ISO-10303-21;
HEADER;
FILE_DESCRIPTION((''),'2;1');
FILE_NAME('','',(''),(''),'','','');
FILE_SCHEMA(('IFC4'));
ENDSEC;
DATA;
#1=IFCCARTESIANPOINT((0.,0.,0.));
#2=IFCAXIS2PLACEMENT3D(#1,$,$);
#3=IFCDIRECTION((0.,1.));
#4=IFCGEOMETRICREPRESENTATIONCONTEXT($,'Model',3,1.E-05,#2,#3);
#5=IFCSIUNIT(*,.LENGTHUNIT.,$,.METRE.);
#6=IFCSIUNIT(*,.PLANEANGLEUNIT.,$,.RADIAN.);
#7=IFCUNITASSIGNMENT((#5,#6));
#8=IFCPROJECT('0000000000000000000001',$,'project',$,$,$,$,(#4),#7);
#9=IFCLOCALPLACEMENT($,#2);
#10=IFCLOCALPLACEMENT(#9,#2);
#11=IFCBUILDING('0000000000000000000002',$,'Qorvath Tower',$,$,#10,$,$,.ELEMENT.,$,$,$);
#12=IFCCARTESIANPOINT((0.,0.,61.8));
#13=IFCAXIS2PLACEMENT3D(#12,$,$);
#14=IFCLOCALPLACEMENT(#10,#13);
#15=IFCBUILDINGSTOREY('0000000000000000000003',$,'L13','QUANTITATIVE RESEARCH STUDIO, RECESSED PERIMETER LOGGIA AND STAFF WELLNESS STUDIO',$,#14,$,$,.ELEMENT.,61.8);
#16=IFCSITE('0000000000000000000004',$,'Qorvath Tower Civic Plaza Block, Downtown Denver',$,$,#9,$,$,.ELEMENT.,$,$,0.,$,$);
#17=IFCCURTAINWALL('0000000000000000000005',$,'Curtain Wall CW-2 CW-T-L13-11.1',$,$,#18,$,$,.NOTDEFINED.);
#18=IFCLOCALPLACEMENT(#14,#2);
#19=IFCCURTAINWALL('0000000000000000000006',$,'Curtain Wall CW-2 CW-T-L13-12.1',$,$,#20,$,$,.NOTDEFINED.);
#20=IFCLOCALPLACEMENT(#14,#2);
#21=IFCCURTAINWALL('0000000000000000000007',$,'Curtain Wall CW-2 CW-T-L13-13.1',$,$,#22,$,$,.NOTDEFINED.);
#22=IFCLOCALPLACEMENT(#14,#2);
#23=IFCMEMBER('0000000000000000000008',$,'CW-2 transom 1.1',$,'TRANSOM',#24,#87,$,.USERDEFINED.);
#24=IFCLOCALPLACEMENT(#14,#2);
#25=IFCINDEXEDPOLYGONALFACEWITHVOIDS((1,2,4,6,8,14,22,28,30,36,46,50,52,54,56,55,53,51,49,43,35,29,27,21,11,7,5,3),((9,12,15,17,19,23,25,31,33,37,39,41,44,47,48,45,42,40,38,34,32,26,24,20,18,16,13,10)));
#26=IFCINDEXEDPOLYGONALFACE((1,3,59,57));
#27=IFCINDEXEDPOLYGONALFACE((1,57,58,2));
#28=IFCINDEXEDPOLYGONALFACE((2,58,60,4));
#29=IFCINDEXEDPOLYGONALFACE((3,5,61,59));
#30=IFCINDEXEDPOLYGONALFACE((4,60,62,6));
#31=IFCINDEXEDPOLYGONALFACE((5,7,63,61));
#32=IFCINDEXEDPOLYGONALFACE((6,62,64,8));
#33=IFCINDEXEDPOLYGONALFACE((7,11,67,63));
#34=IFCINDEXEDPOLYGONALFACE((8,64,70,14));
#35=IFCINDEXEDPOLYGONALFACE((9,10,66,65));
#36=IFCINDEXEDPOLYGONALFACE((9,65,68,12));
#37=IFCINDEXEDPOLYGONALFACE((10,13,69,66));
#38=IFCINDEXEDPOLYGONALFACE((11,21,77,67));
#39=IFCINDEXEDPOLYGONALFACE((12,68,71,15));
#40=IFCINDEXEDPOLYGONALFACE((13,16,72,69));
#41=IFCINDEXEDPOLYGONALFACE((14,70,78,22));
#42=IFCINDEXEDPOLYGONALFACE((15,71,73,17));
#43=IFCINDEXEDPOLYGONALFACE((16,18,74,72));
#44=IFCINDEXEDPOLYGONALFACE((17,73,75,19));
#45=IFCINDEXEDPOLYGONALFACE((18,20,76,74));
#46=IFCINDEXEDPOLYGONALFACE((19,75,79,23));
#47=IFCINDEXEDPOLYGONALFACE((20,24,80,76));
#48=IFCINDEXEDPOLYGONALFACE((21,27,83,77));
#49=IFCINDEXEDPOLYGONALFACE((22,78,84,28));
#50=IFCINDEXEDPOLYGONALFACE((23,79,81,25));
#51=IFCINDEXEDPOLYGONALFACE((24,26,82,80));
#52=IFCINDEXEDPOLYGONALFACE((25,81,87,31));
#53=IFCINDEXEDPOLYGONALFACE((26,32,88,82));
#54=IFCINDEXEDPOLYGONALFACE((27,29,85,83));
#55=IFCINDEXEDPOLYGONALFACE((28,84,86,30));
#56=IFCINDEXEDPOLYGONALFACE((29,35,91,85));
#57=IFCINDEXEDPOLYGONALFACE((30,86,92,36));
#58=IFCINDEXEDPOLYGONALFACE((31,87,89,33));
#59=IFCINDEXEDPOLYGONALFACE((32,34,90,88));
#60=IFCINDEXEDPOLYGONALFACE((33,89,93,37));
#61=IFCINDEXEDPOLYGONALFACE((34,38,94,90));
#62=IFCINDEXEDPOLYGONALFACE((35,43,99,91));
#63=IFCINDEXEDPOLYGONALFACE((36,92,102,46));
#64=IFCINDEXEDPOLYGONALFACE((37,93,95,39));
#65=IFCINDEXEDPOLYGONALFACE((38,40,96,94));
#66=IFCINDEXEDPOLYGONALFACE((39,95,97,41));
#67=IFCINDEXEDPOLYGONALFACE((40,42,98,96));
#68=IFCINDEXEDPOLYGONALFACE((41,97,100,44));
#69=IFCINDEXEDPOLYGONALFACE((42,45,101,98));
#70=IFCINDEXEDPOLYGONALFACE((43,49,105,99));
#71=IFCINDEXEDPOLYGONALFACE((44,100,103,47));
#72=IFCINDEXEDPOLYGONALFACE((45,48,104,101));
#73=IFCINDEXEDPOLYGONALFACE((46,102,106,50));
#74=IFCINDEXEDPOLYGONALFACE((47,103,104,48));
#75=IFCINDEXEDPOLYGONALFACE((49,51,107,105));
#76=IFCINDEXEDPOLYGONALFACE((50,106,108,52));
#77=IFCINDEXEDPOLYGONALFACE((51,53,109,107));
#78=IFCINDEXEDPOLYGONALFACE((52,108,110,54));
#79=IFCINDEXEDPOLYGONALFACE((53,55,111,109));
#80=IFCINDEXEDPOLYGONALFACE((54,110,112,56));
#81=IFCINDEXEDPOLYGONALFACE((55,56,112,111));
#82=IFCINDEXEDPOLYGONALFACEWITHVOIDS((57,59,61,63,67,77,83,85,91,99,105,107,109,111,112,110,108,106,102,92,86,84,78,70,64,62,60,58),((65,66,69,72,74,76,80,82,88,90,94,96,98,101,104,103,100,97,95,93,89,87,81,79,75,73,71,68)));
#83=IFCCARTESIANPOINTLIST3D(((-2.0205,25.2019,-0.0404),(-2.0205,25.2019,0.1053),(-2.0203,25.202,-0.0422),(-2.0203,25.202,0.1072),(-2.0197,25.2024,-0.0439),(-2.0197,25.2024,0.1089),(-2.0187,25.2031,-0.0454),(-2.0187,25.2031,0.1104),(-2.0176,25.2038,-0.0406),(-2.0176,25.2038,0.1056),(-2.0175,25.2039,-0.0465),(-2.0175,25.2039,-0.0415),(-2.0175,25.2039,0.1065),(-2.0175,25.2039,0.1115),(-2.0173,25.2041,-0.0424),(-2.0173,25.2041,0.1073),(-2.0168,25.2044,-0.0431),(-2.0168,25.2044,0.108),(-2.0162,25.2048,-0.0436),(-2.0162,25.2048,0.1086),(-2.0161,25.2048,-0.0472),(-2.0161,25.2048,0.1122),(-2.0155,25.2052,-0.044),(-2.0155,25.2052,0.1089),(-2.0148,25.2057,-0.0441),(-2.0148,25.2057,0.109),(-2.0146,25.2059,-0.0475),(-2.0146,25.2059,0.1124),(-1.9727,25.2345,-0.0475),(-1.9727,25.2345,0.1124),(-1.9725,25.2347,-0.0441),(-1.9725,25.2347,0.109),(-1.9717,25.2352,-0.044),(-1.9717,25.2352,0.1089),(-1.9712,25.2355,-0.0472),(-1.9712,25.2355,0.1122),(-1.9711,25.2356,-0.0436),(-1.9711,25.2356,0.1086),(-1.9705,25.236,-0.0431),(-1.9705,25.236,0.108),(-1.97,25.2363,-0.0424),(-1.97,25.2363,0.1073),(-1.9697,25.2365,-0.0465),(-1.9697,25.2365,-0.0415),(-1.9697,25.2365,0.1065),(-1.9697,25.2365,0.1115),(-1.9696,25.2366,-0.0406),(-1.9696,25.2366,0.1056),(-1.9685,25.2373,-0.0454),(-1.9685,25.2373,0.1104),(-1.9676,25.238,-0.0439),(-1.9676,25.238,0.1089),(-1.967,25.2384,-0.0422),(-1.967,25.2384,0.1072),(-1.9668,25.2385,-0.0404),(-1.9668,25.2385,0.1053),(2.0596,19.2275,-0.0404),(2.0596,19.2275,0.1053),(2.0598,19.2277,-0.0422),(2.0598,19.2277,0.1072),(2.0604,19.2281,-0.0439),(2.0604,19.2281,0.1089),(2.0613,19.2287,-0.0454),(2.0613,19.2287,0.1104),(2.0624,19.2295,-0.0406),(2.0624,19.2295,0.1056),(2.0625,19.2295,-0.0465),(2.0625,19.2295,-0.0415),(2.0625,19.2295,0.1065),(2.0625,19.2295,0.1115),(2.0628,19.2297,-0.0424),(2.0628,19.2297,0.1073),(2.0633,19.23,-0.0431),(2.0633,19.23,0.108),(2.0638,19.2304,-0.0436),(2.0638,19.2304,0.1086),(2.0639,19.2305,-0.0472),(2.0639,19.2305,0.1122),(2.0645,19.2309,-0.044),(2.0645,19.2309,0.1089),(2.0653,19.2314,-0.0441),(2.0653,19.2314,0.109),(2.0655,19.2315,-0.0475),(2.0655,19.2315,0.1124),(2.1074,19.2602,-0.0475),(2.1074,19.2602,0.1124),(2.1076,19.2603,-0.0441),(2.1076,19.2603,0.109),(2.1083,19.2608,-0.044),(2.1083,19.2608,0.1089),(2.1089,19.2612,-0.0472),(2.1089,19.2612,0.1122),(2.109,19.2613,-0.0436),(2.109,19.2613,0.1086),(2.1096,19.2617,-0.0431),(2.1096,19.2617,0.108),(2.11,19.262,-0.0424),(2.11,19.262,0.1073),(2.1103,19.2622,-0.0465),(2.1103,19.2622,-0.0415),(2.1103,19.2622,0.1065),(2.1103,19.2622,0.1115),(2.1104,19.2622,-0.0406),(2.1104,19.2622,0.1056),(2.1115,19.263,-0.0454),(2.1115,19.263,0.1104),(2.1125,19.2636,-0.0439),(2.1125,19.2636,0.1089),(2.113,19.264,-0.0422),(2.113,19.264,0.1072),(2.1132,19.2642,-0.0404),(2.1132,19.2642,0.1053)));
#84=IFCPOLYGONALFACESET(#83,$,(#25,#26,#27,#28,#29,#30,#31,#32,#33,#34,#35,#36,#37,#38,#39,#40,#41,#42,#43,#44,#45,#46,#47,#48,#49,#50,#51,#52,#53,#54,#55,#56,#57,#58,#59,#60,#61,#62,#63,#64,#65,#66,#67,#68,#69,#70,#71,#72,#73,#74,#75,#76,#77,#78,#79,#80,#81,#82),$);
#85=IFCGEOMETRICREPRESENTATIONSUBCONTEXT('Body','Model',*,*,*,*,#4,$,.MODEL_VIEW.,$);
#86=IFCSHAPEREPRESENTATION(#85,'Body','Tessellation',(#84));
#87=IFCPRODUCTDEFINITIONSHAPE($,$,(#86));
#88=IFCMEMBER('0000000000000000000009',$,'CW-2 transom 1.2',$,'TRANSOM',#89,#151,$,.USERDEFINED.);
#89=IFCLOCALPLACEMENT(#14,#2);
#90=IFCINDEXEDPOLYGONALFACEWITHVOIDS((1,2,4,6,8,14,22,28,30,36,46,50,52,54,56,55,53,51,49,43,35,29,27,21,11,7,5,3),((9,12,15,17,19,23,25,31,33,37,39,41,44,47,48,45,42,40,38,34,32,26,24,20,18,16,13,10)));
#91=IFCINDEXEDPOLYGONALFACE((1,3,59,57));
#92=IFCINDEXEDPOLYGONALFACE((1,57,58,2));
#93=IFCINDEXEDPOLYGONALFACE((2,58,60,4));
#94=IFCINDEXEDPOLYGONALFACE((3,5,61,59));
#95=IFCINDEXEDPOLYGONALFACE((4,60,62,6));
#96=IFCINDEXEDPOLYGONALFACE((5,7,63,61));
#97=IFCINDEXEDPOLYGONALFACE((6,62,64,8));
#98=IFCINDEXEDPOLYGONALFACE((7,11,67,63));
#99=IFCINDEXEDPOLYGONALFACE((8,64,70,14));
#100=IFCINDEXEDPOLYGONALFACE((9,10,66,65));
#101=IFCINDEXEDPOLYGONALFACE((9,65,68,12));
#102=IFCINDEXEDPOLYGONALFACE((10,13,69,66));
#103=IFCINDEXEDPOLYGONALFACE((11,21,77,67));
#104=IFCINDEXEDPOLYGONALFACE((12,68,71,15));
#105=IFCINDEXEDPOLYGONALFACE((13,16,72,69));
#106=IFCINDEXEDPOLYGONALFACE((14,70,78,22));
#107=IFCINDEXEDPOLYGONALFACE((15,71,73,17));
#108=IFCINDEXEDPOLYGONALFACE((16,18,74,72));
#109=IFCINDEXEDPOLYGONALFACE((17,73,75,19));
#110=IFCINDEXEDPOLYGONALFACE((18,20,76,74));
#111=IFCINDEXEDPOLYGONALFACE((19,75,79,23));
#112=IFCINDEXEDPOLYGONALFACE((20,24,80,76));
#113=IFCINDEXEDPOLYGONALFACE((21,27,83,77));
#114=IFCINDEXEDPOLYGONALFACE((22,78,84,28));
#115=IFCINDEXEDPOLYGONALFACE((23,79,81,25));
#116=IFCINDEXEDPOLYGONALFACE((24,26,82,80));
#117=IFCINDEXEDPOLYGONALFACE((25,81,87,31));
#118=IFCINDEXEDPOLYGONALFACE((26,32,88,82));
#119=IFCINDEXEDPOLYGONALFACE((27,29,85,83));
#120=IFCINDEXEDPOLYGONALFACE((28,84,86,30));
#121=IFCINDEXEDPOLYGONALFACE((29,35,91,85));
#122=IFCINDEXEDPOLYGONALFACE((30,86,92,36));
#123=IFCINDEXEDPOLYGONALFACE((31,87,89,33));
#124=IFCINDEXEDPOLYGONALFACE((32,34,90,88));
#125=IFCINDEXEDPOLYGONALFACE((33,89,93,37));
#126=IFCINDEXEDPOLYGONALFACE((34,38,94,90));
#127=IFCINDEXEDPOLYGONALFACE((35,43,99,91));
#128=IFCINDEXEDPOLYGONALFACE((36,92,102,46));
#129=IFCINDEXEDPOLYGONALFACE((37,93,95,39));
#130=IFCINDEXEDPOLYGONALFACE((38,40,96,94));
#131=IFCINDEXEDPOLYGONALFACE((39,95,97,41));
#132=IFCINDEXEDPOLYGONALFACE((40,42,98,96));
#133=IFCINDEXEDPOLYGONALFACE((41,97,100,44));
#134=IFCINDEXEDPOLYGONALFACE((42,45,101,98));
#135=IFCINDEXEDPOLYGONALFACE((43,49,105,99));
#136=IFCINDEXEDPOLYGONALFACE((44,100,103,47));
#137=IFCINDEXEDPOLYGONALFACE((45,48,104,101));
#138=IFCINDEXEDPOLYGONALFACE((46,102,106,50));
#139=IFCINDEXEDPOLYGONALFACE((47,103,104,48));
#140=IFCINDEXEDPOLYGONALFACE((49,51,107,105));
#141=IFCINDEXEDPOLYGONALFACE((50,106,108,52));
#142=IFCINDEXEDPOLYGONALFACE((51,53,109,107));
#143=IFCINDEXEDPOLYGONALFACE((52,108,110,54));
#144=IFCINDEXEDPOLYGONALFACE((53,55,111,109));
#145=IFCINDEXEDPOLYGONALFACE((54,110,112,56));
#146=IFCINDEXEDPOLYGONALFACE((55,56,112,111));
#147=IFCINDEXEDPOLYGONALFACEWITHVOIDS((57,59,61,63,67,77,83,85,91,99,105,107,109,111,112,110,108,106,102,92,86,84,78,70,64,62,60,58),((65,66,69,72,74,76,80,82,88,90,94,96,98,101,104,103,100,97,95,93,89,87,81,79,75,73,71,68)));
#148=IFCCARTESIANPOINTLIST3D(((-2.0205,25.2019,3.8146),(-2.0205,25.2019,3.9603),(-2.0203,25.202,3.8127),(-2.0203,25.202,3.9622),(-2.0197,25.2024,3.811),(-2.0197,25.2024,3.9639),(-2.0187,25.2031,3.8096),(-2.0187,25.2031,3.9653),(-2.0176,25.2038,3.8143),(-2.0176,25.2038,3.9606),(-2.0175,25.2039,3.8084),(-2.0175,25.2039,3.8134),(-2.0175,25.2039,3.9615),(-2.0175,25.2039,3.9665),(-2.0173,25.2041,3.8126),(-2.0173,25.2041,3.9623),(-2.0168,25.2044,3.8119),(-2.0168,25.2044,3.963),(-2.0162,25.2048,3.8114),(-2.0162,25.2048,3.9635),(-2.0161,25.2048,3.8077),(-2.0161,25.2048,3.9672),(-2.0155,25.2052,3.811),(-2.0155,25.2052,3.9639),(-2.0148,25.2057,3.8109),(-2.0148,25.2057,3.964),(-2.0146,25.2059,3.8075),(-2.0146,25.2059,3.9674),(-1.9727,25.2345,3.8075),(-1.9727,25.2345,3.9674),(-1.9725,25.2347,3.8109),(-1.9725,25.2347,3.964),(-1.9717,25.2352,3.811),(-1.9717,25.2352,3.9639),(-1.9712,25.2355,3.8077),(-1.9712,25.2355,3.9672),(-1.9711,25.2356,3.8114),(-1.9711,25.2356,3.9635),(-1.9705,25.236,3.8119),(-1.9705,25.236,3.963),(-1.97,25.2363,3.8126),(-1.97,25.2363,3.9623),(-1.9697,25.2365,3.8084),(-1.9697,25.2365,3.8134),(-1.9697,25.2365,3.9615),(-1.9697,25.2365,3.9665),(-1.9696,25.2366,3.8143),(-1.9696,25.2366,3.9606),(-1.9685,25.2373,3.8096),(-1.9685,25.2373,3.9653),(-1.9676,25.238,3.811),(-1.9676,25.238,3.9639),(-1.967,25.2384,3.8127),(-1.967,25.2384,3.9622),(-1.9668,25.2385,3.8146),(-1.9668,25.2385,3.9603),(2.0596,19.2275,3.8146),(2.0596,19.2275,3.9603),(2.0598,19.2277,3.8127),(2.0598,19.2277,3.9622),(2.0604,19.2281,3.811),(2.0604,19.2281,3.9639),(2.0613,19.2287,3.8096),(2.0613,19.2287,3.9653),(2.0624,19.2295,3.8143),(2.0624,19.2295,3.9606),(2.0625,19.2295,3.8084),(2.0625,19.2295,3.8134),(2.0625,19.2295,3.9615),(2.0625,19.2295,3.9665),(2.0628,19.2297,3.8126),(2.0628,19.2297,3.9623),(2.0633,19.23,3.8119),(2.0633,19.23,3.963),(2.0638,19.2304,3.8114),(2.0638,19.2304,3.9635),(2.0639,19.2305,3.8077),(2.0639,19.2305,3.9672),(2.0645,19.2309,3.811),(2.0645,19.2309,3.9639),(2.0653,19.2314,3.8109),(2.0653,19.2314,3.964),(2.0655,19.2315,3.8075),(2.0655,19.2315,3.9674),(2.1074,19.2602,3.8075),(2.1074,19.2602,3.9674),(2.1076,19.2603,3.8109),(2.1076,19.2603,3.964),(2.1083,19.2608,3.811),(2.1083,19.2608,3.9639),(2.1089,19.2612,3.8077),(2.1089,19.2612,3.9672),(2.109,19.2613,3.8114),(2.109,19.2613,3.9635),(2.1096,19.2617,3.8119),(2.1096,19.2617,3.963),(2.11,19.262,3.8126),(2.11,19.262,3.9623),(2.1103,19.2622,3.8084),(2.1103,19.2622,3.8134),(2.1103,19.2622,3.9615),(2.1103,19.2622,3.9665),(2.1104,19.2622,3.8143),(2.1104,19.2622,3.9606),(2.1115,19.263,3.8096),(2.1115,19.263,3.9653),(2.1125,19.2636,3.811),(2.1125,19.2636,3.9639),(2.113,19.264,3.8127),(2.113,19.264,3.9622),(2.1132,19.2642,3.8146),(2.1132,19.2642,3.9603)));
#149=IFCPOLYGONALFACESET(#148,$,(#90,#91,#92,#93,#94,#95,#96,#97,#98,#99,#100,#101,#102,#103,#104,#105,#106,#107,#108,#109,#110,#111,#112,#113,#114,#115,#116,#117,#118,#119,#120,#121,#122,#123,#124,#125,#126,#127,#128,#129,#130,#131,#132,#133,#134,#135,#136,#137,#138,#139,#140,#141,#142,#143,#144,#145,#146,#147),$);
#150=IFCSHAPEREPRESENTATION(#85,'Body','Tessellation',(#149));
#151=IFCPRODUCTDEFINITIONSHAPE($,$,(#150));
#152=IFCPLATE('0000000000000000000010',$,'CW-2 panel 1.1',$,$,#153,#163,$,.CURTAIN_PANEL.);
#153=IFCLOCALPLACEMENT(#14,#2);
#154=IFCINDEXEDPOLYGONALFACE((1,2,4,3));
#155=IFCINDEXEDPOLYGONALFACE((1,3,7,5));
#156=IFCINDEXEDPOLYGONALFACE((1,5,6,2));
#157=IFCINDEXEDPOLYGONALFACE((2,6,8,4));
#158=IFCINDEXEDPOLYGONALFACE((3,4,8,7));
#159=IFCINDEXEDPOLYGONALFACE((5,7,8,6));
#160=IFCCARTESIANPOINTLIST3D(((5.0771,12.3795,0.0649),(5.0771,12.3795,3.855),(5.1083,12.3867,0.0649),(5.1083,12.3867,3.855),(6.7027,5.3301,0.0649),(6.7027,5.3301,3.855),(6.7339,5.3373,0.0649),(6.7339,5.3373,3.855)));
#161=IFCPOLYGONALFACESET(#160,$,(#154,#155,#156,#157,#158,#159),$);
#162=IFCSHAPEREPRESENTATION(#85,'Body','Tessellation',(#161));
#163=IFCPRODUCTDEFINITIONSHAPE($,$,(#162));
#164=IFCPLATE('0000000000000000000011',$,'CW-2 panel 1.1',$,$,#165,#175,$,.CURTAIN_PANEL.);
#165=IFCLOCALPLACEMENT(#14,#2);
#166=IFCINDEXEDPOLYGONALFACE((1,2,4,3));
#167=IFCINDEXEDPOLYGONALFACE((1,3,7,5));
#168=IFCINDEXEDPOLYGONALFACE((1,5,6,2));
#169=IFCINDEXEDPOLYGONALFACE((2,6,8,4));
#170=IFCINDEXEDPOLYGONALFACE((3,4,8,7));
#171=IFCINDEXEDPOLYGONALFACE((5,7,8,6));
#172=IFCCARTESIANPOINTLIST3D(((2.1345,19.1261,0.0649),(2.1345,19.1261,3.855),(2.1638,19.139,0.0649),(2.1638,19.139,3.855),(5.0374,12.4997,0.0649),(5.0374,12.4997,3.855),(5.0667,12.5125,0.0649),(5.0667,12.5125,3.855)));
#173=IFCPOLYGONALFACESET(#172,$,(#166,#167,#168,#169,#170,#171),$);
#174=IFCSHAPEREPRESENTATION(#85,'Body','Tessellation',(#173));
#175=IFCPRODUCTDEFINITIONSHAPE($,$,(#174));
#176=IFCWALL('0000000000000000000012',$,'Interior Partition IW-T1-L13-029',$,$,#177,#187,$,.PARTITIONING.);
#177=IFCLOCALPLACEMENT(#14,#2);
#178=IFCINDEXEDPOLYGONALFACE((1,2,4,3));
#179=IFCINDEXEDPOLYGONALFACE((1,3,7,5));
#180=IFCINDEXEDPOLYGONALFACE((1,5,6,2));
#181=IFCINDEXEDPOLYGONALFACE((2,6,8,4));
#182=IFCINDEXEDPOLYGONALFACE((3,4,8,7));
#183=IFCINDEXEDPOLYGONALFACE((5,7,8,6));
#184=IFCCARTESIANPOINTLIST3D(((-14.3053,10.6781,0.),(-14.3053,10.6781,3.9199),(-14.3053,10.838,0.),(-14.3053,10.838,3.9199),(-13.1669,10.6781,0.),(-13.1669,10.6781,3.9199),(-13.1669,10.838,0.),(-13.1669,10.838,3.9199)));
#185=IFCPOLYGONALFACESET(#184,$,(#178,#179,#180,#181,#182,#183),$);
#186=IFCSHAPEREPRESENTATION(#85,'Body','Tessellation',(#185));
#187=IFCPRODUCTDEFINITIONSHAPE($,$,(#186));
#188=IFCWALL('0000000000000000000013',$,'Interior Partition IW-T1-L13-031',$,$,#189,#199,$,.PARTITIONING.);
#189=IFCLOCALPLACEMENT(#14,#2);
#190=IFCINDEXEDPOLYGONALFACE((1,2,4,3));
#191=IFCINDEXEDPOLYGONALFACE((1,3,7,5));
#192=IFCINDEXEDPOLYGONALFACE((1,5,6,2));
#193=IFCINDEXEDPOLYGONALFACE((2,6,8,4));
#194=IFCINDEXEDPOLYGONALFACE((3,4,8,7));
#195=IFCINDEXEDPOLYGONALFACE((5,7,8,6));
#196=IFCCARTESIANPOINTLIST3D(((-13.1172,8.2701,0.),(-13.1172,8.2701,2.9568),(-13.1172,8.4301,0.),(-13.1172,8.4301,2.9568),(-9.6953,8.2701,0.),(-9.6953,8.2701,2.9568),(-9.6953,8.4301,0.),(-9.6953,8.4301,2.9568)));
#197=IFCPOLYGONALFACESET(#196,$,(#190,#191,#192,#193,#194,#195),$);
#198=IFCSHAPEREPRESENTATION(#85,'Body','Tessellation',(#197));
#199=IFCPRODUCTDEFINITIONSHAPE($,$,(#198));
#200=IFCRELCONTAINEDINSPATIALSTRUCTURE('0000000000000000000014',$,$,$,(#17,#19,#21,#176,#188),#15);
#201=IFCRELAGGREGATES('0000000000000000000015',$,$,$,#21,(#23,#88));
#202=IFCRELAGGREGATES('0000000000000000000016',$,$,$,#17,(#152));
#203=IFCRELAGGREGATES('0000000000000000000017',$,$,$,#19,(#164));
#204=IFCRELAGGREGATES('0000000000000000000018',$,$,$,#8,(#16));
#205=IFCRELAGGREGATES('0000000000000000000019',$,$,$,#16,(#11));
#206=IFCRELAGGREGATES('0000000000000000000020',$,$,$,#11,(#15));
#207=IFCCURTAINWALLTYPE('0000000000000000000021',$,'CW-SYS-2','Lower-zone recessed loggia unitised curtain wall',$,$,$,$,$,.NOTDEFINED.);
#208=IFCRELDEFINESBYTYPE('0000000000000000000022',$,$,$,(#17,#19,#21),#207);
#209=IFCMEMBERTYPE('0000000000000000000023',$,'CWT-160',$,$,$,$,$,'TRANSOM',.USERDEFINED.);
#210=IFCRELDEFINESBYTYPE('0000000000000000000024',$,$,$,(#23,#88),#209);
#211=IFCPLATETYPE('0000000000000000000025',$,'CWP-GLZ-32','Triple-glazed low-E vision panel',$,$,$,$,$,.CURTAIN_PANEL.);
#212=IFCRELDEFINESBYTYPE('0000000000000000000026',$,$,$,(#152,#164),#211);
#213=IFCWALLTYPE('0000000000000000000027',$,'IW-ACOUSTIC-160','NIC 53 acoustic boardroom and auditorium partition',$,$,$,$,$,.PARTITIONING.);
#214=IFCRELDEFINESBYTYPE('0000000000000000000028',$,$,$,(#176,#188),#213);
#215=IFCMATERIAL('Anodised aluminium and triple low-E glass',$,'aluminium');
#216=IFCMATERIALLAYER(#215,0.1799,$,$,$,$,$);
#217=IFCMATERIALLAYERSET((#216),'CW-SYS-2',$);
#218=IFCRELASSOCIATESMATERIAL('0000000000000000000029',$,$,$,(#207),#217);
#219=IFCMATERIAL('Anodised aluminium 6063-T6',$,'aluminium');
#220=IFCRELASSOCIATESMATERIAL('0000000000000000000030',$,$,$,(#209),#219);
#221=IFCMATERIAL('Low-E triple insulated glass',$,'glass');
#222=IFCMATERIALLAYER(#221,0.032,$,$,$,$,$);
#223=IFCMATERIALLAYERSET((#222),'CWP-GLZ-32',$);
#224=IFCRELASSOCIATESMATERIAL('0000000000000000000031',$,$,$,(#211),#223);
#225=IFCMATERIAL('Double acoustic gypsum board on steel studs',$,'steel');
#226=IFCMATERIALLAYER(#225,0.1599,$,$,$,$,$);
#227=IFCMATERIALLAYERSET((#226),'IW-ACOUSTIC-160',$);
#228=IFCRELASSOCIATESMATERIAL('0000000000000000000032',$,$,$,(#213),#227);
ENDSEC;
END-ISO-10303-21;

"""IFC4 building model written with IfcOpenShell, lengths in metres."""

from ifc_helpers import new_model, si_unit, direction, frame, frame_2d, origin, origin_2d, place, context, subcontext, project, spatial, rectangle, hollow_rectangle, extrude, material, layer, layer_set, material_profile, profile_set, type_object, element, aggregate, save


model = new_model("IFC4")

# Units and contexts
model_context = context("Model", 3, precision=1e-05, world=origin(), true_north=direction((0.0, 1.0)))
body_context = subcontext(model_context, "Body", "Model", "MODEL_VIEW")
ifc_project = project(units=[si_unit("LENGTHUNIT", "METRE"), si_unit("PLANEANGLEUNIT", "RADIAN")], contexts=[model_context])

# Site, building, storey
site_placement = place(None, origin())
site = spatial("IfcSite", under=ifc_project, at=site_placement, Name="Qorvath Tower Civic Plaza Block, Downtown Denver", CompositionType="ELEMENT", RefElevation=0.0)
building_placement = place(site_placement, origin())
building = spatial("IfcBuilding", under=site, at=building_placement, Name="Qorvath Tower", CompositionType="ELEMENT")
storey_placement = place(building_placement, frame((0.0, 0.0, 61.8)))
storey = spatial("IfcBuildingStorey", under=building, at=storey_placement, Name="L13", Description="QUANTITATIVE RESEARCH STUDIO, RECESSED PERIMETER LOGGIA AND STAFF WELLNESS STUDIO", CompositionType="ELEMENT", Elevation=61.8)

# Curtain wall
ifc_material_1 = material(Name="Anodised aluminium and triple low-E glass", Category="aluminium")
ifc_layer_1 = layer(ifc_material_1, 0.1799)
ifc_layer_set_1 = layer_set([ifc_layer_1], Name="CW-SYS-2")
curtain_wall_type = type_object("IfcCurtainWallType", Name="CW-SYS-2", Description="Lower-zone recessed loggia unitised curtain wall", PredefinedType="NOTDEFINED", material=ifc_layer_set_1)
curtain_wall_1_placement = place(storey_placement, origin())
curtain_wall_1 = element("IfcCurtainWall", 1, at=curtain_wall_1_placement, inside=storey, type_object=curtain_wall_type, Name="Curtain Wall CW-2 CW-T-L13-11.1", PredefinedType="NOTDEFINED")

# Curtain wall
curtain_wall_2_placement = place(storey_placement, origin())
curtain_wall_2 = element("IfcCurtainWall", 2, at=curtain_wall_2_placement, inside=storey, type_object=curtain_wall_type, Name="Curtain Wall CW-2 CW-T-L13-12.1", PredefinedType="NOTDEFINED")

# Curtain wall
curtain_wall_3_placement = place(storey_placement, origin())
curtain_wall_3 = element("IfcCurtainWall", 3, at=curtain_wall_3_placement, inside=storey, type_object=curtain_wall_type, Name="Curtain Wall CW-2 CW-T-L13-13.1", PredefinedType="NOTDEFINED")

# Members
ifc_material_2 = material(Name="Anodised aluminium 6063-T6", Category="aluminium")
ifc_material_profile_1 = material_profile(ifc_material_2, hollow_rectangle(XDim=0.0649, YDim=0.1599, WallThickness=0.0034, InnerFilletRadius=0.0034, OuterFilletRadius=0.0071, at=origin_2d()), Name="CWT 160x65")
ifc_profile_set_1 = profile_set([ifc_material_profile_1], Name="Anodised aluminium 6063-T6")
member_type_1 = type_object("IfcMemberType", Name="CWT-160", ElementType="TRANSOM", PredefinedType="USERDEFINED", material=ifc_profile_set_1)
member_1_placement = place(storey_placement, frame((2.0864, 19.2458, 0.0325), z_axis=(-0.563964, 0.825799, 0.0), x_axis=(-0.825799, -0.563964, 0.0)))
member_1 = element("IfcMember", 4, at=member_1_placement, type_object=member_type_1, Name="CW-2 transom 1.1", ObjectType="TRANSOM", PredefinedType="USERDEFINED", context=body_context, shape_type="SweptSolid", body=[
    extrude(hollow_rectangle(XDim=0.0649, YDim=0.1599, WallThickness=0.0034, InnerFilletRadius=0.0034, OuterFilletRadius=0.0071, at=origin_2d()), origin(), (0.0, 0.0, 1.0), 7.2346),
])
member_2_placement = place(storey_placement, frame((2.0864, 19.2458, 3.8875), z_axis=(-0.563964, 0.825799, 0.0), x_axis=(-0.825799, -0.563964, 0.0)))
member_2 = element("IfcMember", 5, at=member_2_placement, type_object=member_type_1, Name="CW-2 transom 1.2", ObjectType="TRANSOM", PredefinedType="USERDEFINED", context=body_context, shape_type="SweptSolid", body=[
    extrude(hollow_rectangle(XDim=0.0649, YDim=0.1599, WallThickness=0.0034, InnerFilletRadius=0.0034, OuterFilletRadius=0.0071, at=origin_2d()), origin(), (0.0, 0.0, 1.0), 7.2346),
])
aggregate(curtain_wall_3, [member_1, member_2])

# Plates
ifc_material_3 = material(Name="Low-E triple insulated glass", Category="glass")
ifc_layer_2 = layer(ifc_material_3, 0.032)
ifc_layer_set_2 = layer_set([ifc_layer_2], Name="CWP-GLZ-32")
plate_type = type_object("IfcPlateType", Name="CWP-GLZ-32", Description="Triple-glazed low-E vision panel", PredefinedType="CURTAIN_PANEL", material=ifc_layer_set_2)
plate_1_placement = place(storey_placement, frame((5.9055, 8.8584, 0.0649), z_axis=(0.0, 0.0, 1.0), x_axis=(-0.224705, 0.974427, 0.0)))
plate_1 = element("IfcPlate", 6, at=plate_1_placement, type_object=plate_type, Name="CW-2 panel 1.1", PredefinedType="CURTAIN_PANEL", context=body_context, shape_type="SweptSolid", body=[
    extrude(rectangle(XDim=7.2344, YDim=0.032, at=origin_2d()), origin(), (0.0, 0.0, 1.0), 3.79),
])
aggregate(curtain_wall_1, [plate_1])
plate_2_placement = place(storey_placement, frame((3.6006, 15.8193, 0.0649), z_axis=(0.0, 0.0, 1.0), x_axis=(-0.401263, 0.915963, 0.0)))
plate_2 = element("IfcPlate", 7, at=plate_2_placement, type_object=plate_type, Name="CW-2 panel 1.1", PredefinedType="CURTAIN_PANEL", context=body_context, shape_type="SweptSolid", body=[
    extrude(rectangle(XDim=7.2344, YDim=0.032, at=origin_2d()), origin(), (0.0, 0.0, 1.0), 3.79),
])
aggregate(curtain_wall_2, [plate_2])

# Wall
ifc_material_4 = material(Name="Double acoustic gypsum board on steel studs", Category="steel")
ifc_layer_3 = layer(ifc_material_4, 0.1599)
ifc_layer_set_3 = layer_set([ifc_layer_3], Name="IW-ACOUSTIC-160")
wall_type_1 = type_object("IfcWallType", Name="IW-ACOUSTIC-160", Description="NIC 53 acoustic boardroom and auditorium partition", PredefinedType="PARTITIONING", material=ifc_layer_set_3)
wall_1_placement = place(storey_placement, frame((-14.3054, 10.7581, 0.0), z_axis=(0.0, 0.0, 1.0), x_axis=(1.0, 0.0, 0.0)))
element("IfcWall", 8, at=wall_1_placement, inside=storey, type_object=wall_type_1, Name="Interior Partition IW-T1-L13-029", PredefinedType="PARTITIONING", context=body_context, shape_type="SweptSolid", body=[
    extrude(rectangle(XDim=1.1384, YDim=0.1599, at=frame_2d((0.5693, 0.0))), origin(), (0.0, 0.0, 1.0), 3.9199),
])

# Wall
wall_2_placement = place(storey_placement, frame((-13.1172, 8.3501, 0.0), z_axis=(0.0, 0.0, 1.0), x_axis=(1.0, 0.0, 0.0)))
element("IfcWall", 9, at=wall_2_placement, inside=storey, type_object=wall_type_1, Name="Interior Partition IW-T1-L13-031", PredefinedType="PARTITIONING", context=body_context, shape_type="SweptSolid", body=[
    extrude(rectangle(XDim=3.4219, YDim=0.1599, at=frame_2d((1.7109, 0.0))), origin(), (0.0, 0.0, 1.0), 2.9568),
])

save(model, "model.ifc")
